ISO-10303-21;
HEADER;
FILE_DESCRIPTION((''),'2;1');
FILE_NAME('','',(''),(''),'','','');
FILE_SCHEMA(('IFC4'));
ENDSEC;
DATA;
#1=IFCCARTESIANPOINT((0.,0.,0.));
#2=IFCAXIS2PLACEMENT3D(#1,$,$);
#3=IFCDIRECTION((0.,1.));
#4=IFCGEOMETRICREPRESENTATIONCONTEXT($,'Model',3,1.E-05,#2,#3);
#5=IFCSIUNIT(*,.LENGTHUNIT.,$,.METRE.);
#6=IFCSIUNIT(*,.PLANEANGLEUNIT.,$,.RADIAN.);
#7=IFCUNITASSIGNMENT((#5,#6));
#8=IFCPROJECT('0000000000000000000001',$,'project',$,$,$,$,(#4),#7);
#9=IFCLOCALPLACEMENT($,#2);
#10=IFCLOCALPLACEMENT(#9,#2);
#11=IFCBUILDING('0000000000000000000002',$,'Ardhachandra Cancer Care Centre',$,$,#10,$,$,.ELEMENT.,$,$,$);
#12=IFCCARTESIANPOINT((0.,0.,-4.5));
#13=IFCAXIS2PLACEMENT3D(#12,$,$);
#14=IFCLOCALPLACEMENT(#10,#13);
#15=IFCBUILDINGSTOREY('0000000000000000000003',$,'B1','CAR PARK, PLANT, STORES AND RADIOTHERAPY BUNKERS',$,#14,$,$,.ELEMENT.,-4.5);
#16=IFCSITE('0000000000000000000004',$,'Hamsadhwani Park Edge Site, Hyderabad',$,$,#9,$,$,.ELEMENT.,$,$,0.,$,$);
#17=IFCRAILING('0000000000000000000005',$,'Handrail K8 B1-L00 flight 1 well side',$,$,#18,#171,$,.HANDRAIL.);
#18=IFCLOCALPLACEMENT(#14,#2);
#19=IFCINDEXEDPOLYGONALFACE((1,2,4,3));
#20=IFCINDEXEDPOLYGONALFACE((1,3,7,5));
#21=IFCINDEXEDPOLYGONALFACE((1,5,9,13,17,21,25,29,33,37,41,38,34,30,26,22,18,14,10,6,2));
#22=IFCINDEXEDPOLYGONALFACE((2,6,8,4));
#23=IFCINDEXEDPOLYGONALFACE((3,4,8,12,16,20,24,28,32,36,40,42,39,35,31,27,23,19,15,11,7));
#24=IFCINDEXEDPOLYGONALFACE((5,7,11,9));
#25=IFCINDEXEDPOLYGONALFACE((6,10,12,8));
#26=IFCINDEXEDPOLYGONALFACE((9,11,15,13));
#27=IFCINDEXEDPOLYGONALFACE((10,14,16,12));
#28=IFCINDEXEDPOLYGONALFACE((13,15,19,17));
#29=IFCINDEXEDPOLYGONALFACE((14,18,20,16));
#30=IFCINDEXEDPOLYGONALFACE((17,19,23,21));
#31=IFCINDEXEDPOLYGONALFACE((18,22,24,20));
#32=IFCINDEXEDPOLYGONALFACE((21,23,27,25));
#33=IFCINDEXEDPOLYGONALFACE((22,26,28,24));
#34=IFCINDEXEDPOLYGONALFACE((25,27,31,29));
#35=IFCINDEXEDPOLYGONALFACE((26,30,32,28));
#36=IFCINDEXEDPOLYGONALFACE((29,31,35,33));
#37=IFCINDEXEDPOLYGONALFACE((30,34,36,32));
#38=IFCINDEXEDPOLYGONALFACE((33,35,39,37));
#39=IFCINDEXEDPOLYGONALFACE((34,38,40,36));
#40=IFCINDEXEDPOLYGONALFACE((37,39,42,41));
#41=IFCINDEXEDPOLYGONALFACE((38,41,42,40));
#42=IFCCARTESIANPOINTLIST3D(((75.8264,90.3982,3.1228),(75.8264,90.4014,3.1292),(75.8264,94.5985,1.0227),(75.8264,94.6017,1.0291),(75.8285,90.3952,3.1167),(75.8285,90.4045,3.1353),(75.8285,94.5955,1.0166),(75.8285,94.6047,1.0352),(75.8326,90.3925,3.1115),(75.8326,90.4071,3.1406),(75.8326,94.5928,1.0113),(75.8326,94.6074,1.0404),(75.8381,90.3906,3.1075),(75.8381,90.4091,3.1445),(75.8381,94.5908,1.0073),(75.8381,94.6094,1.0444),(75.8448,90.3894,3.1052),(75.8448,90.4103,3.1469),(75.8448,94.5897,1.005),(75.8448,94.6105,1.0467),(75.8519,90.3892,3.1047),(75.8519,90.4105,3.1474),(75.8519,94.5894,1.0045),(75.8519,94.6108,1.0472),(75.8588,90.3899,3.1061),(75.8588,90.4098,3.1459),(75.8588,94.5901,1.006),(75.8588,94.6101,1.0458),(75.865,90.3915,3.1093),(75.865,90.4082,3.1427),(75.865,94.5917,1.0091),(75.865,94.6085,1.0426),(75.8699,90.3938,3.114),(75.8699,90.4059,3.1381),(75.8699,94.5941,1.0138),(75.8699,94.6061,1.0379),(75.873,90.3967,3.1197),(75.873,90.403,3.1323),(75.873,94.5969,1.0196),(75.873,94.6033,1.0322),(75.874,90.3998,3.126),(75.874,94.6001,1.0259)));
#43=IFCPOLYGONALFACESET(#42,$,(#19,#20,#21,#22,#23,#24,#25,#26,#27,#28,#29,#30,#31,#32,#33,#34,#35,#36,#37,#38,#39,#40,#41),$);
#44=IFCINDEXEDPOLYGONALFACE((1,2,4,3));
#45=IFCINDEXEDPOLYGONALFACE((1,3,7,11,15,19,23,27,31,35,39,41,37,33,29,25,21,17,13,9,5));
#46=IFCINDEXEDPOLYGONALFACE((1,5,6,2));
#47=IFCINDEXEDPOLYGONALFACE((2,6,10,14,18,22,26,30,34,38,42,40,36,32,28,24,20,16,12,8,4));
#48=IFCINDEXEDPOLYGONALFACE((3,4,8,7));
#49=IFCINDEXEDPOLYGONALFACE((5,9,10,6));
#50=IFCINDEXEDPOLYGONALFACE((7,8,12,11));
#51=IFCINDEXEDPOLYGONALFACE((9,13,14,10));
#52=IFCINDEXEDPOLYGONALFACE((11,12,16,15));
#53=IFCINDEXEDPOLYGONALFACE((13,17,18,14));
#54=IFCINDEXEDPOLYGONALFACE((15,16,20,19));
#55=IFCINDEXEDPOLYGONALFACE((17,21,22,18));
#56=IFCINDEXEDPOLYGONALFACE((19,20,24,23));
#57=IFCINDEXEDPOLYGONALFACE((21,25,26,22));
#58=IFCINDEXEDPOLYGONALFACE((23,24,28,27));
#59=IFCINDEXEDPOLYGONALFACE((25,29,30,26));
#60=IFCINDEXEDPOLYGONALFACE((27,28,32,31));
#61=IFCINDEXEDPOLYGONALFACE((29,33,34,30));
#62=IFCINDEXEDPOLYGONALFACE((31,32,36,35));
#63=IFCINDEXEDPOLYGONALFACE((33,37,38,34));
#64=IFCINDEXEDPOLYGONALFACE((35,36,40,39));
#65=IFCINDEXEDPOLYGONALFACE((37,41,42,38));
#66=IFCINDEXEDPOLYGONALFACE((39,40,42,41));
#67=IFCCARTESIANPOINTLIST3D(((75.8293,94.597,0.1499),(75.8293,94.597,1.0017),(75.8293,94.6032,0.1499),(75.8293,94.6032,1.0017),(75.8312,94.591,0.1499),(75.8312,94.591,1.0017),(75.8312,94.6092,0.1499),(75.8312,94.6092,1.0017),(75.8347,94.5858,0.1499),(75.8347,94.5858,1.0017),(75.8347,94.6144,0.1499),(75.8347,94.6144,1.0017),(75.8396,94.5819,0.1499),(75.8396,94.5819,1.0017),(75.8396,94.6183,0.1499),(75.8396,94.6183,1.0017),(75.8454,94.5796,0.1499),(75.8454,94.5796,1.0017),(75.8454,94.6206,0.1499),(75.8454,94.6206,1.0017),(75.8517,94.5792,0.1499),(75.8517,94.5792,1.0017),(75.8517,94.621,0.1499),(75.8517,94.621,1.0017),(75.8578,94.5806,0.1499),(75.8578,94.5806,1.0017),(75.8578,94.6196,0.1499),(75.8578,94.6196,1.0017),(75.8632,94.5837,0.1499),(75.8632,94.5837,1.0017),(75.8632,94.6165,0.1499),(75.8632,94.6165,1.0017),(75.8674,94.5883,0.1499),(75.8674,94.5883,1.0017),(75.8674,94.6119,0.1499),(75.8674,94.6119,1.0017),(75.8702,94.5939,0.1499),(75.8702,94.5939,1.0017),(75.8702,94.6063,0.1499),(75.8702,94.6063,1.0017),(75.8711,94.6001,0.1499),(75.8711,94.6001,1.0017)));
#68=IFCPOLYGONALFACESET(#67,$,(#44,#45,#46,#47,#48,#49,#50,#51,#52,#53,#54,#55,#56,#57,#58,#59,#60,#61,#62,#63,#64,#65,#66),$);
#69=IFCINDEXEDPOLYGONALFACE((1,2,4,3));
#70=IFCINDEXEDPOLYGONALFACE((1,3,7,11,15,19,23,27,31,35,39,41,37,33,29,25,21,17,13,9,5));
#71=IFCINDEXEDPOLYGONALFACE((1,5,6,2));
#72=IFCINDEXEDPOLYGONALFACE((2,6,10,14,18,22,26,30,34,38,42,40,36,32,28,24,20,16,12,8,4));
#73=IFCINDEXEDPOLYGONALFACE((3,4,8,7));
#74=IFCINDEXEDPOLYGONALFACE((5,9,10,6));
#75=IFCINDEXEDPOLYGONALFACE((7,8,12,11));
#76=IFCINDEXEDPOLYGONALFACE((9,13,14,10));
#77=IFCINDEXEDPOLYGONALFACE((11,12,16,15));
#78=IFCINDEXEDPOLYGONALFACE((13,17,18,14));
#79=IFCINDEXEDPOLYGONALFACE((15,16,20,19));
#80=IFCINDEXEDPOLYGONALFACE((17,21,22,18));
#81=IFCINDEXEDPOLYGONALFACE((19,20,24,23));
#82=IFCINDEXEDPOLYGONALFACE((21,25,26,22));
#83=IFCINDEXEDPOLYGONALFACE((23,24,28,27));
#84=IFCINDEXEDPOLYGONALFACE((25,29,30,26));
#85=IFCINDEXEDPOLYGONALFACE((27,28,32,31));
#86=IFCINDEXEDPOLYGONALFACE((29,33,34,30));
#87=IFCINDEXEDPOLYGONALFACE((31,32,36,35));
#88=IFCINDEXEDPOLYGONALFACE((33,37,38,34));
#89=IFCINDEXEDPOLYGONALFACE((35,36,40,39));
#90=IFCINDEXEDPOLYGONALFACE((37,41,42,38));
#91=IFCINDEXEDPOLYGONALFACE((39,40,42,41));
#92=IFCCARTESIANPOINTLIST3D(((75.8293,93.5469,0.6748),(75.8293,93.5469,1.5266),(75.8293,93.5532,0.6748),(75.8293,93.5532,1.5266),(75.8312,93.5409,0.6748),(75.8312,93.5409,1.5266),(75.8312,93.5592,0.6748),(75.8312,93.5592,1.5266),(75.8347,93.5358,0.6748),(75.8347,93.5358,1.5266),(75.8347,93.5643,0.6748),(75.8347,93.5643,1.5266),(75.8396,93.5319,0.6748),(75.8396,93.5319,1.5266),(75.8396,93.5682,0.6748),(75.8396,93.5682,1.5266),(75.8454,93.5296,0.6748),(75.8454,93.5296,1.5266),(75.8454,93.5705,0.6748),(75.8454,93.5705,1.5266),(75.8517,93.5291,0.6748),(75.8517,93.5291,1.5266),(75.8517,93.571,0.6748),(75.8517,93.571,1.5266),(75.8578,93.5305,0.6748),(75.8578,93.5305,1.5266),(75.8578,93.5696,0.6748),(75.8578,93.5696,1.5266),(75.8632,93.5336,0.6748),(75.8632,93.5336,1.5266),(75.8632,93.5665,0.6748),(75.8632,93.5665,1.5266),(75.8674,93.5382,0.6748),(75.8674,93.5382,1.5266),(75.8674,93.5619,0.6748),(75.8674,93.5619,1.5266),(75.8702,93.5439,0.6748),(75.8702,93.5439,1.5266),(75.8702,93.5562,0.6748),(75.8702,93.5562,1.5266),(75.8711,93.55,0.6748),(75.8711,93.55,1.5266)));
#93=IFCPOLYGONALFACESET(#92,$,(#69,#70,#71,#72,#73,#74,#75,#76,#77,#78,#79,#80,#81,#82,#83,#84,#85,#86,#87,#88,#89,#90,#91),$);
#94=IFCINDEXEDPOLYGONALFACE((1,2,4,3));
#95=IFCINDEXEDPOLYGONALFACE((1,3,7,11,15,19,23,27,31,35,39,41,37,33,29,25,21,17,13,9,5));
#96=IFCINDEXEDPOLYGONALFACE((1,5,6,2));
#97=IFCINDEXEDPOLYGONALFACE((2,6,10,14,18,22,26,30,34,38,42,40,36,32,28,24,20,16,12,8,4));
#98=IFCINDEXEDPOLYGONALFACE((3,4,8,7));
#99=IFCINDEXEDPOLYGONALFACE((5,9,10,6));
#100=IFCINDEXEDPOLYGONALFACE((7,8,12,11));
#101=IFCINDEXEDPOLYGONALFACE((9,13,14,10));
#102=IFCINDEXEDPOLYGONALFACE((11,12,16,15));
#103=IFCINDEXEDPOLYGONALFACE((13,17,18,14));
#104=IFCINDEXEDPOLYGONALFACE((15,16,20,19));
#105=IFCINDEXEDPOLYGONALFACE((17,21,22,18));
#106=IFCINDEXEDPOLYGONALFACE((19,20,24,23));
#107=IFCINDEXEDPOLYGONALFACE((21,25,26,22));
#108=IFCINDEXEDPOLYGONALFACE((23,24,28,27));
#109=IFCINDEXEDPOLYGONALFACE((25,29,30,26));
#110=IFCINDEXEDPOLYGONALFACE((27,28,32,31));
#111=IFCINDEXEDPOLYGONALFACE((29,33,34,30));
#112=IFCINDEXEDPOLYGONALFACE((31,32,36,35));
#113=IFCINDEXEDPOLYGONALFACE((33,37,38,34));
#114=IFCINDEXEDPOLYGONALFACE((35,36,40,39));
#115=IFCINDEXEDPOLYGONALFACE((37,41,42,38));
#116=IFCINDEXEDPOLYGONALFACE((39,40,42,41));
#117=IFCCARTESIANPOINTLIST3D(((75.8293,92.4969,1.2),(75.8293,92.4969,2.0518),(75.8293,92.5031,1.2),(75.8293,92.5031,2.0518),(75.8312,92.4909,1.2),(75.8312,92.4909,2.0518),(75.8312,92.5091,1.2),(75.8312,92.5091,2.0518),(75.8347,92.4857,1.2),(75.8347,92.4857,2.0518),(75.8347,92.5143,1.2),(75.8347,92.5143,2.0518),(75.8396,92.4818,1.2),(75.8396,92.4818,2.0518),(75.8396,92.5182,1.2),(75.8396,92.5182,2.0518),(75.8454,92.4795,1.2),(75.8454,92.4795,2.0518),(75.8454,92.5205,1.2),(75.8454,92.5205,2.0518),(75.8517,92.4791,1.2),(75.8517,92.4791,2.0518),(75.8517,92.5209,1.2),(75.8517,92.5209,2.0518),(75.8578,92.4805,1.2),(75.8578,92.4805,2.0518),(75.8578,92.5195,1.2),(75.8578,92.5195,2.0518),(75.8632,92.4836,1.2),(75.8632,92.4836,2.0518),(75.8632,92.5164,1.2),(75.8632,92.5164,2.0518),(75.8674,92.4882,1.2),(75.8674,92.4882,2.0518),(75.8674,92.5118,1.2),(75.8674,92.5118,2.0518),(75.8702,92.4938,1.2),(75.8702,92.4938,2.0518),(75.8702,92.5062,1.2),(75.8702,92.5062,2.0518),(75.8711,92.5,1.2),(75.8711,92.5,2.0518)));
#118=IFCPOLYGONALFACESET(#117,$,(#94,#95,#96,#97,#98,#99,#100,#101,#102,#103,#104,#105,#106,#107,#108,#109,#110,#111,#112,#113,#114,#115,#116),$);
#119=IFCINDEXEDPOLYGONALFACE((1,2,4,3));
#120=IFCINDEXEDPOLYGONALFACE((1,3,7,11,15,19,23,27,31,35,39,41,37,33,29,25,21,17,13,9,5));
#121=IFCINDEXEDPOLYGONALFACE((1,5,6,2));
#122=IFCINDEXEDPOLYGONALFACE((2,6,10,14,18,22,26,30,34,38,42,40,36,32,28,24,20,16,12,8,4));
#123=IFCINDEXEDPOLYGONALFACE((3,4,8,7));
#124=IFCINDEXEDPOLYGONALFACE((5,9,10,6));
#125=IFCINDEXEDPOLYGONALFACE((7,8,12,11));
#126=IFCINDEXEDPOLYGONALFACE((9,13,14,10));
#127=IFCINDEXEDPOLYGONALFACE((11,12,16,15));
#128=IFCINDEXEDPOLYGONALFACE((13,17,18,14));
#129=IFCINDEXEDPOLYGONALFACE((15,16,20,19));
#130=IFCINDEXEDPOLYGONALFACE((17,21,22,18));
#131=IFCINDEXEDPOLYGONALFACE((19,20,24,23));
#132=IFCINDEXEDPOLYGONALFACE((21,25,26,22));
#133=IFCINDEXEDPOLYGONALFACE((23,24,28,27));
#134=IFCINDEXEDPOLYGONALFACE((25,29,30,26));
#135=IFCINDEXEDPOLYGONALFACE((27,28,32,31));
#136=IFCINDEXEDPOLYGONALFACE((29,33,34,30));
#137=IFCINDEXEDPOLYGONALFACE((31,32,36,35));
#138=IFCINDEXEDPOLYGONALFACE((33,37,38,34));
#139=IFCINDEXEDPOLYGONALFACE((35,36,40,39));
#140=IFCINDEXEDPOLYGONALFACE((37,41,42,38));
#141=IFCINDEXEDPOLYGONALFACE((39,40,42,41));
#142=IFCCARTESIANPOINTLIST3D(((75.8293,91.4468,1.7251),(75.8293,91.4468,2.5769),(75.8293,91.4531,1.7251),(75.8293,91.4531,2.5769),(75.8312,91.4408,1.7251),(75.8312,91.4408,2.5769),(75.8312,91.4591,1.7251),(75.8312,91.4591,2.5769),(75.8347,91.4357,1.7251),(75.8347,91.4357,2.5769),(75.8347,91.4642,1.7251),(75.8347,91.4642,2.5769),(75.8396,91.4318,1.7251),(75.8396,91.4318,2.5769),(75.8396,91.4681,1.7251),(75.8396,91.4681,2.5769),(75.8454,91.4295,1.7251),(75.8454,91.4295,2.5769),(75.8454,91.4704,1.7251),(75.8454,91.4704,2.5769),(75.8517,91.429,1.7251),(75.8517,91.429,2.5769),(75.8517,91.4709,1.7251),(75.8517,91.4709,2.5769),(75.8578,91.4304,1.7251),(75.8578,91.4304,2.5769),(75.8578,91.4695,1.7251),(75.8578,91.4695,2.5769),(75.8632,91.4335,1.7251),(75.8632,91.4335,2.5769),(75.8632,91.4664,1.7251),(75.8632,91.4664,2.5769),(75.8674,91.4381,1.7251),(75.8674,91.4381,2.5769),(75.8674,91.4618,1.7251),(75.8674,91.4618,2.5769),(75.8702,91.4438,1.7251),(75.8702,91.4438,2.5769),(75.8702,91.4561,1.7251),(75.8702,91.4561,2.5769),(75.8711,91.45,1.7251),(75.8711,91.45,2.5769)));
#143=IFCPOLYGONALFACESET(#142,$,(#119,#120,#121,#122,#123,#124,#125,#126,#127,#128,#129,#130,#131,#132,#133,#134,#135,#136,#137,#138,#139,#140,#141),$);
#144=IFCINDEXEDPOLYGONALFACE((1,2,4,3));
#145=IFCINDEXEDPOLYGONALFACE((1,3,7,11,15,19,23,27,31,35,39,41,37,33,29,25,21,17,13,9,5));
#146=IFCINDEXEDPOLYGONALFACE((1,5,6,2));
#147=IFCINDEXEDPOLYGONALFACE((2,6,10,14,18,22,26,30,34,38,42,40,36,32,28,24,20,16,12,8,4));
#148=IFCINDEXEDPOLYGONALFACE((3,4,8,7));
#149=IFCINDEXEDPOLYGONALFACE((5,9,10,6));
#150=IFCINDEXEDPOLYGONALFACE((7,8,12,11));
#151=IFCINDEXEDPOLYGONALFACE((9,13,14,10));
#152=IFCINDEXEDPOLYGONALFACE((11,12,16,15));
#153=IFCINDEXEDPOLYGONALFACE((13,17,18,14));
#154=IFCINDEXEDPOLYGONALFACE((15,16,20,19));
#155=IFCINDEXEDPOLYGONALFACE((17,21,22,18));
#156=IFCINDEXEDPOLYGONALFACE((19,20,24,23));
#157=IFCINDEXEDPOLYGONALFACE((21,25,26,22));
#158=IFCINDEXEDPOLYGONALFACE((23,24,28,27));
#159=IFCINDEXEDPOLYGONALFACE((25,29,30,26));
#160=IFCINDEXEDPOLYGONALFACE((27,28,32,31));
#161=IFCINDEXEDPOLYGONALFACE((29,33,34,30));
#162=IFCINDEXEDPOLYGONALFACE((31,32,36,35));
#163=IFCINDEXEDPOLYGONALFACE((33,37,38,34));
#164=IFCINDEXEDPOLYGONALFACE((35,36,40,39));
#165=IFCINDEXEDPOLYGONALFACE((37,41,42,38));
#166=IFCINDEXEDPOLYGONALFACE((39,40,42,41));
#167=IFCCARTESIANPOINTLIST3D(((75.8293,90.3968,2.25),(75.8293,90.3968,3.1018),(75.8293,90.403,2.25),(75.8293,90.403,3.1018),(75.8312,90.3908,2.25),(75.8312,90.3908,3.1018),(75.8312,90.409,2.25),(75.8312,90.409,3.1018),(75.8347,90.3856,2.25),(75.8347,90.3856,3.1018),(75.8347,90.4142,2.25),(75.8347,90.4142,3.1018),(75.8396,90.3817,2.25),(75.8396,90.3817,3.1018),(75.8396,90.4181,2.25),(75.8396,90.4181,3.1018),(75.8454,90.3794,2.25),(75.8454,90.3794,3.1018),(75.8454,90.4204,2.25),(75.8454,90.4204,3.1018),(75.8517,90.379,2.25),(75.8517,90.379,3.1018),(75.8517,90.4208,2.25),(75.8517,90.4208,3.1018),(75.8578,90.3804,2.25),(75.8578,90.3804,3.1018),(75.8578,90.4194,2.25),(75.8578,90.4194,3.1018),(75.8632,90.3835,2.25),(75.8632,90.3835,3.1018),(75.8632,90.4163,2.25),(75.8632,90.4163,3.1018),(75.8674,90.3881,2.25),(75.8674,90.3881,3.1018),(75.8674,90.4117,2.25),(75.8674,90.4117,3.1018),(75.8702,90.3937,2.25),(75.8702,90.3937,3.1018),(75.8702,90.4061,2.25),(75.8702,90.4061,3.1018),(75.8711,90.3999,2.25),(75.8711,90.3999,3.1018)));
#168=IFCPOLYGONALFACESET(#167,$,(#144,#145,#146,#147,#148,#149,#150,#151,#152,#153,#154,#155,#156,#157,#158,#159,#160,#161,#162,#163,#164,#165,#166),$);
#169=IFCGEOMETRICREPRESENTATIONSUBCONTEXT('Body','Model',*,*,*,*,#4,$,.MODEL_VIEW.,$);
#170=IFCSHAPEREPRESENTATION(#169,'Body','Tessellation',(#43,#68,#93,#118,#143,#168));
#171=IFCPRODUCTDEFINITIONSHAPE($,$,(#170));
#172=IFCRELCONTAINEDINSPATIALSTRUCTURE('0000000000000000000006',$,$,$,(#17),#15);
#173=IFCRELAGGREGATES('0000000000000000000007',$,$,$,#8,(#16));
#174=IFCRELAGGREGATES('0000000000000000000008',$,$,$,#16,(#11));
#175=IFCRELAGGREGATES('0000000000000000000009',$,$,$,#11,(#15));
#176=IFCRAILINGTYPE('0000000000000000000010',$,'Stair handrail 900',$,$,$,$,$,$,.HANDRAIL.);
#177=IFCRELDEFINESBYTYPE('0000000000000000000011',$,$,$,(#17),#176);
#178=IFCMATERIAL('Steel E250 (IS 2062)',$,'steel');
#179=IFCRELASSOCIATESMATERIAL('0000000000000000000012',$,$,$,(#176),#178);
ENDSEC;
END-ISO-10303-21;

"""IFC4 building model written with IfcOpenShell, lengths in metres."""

from ifc_helpers import new_model, si_unit, direction, frame, origin, origin_2d, place, context, subcontext, project, spatial, circle, extrude, material, type_object, element, save


model = new_model("IFC4")

# Units and contexts
model_context = context("Model", 3, precision=1e-05, world=origin(), true_north=direction((0.0, 1.0)))
body_context = subcontext(model_context, "Body", "Model", "MODEL_VIEW")
ifc_project = project(units=[si_unit("LENGTHUNIT", "METRE"), si_unit("PLANEANGLEUNIT", "RADIAN")], contexts=[model_context])

# Site, building, storey
site_placement = place(None, origin())
site = spatial("IfcSite", under=ifc_project, at=site_placement, Name="Hamsadhwani Park Edge Site, Hyderabad", CompositionType="ELEMENT", RefElevation=0.0)
building_placement = place(site_placement, origin())
building = spatial("IfcBuilding", under=site, at=building_placement, Name="Ardhachandra Cancer Care Centre", CompositionType="ELEMENT")
storey_placement = place(building_placement, frame((0.0, 0.0, -4.5)))
storey = spatial("IfcBuildingStorey", under=building, at=storey_placement, Name="B1", Description="CAR PARK, PLANT, STORES AND RADIOTHERAPY BUNKERS", CompositionType="ELEMENT", Elevation=-4.5)

# Railing
ifc_material_1 = material(Name="Steel E250 (IS 2062)", Category="steel")
railing_type = type_object("IfcRailingType", Name="Stair handrail 900", PredefinedType="HANDRAIL", material=ifc_material_1)
railing_placement = place(storey_placement, frame((75.8501, 94.6001, 0.1499)))
element("IfcRailing", 1, at=railing_placement, inside=storey, type_object=railing_type, Name="Handrail K8 B1-L00 flight 1 well side", PredefinedType="HANDRAIL", context=body_context, shape_type="SweptSolid", body=[
    extrude(circle(Radius=0.0239, at=origin_2d()), frame((0.0, 0.0, 0.876), z_axis=(0.0, -0.894427, 0.447214), x_axis=(1.0, 0.0, 0.0)), (0.0, 0.0, 1.0), 4.696),
    extrude(circle(Radius=0.021, at=origin_2d()), origin(), (0.0, 0.0, 1.0), 0.8518),
    extrude(circle(Radius=0.021, at=origin_2d()), frame((0.0, -1.05, 0.5249)), (0.0, 0.0, 1.0), 0.8518),
    extrude(circle(Radius=0.021, at=origin_2d()), frame((0.0, -2.1001, 1.05)), (0.0, 0.0, 1.0), 0.8518),
    extrude(circle(Radius=0.021, at=origin_2d()), frame((0.0, -3.1501, 1.5752)), (0.0, 0.0, 1.0), 0.8518),
    extrude(circle(Radius=0.021, at=origin_2d()), frame((0.0, -4.2002, 2.1001)), (0.0, 0.0, 1.0), 0.8518),
])

save(model, "model.ifc")
